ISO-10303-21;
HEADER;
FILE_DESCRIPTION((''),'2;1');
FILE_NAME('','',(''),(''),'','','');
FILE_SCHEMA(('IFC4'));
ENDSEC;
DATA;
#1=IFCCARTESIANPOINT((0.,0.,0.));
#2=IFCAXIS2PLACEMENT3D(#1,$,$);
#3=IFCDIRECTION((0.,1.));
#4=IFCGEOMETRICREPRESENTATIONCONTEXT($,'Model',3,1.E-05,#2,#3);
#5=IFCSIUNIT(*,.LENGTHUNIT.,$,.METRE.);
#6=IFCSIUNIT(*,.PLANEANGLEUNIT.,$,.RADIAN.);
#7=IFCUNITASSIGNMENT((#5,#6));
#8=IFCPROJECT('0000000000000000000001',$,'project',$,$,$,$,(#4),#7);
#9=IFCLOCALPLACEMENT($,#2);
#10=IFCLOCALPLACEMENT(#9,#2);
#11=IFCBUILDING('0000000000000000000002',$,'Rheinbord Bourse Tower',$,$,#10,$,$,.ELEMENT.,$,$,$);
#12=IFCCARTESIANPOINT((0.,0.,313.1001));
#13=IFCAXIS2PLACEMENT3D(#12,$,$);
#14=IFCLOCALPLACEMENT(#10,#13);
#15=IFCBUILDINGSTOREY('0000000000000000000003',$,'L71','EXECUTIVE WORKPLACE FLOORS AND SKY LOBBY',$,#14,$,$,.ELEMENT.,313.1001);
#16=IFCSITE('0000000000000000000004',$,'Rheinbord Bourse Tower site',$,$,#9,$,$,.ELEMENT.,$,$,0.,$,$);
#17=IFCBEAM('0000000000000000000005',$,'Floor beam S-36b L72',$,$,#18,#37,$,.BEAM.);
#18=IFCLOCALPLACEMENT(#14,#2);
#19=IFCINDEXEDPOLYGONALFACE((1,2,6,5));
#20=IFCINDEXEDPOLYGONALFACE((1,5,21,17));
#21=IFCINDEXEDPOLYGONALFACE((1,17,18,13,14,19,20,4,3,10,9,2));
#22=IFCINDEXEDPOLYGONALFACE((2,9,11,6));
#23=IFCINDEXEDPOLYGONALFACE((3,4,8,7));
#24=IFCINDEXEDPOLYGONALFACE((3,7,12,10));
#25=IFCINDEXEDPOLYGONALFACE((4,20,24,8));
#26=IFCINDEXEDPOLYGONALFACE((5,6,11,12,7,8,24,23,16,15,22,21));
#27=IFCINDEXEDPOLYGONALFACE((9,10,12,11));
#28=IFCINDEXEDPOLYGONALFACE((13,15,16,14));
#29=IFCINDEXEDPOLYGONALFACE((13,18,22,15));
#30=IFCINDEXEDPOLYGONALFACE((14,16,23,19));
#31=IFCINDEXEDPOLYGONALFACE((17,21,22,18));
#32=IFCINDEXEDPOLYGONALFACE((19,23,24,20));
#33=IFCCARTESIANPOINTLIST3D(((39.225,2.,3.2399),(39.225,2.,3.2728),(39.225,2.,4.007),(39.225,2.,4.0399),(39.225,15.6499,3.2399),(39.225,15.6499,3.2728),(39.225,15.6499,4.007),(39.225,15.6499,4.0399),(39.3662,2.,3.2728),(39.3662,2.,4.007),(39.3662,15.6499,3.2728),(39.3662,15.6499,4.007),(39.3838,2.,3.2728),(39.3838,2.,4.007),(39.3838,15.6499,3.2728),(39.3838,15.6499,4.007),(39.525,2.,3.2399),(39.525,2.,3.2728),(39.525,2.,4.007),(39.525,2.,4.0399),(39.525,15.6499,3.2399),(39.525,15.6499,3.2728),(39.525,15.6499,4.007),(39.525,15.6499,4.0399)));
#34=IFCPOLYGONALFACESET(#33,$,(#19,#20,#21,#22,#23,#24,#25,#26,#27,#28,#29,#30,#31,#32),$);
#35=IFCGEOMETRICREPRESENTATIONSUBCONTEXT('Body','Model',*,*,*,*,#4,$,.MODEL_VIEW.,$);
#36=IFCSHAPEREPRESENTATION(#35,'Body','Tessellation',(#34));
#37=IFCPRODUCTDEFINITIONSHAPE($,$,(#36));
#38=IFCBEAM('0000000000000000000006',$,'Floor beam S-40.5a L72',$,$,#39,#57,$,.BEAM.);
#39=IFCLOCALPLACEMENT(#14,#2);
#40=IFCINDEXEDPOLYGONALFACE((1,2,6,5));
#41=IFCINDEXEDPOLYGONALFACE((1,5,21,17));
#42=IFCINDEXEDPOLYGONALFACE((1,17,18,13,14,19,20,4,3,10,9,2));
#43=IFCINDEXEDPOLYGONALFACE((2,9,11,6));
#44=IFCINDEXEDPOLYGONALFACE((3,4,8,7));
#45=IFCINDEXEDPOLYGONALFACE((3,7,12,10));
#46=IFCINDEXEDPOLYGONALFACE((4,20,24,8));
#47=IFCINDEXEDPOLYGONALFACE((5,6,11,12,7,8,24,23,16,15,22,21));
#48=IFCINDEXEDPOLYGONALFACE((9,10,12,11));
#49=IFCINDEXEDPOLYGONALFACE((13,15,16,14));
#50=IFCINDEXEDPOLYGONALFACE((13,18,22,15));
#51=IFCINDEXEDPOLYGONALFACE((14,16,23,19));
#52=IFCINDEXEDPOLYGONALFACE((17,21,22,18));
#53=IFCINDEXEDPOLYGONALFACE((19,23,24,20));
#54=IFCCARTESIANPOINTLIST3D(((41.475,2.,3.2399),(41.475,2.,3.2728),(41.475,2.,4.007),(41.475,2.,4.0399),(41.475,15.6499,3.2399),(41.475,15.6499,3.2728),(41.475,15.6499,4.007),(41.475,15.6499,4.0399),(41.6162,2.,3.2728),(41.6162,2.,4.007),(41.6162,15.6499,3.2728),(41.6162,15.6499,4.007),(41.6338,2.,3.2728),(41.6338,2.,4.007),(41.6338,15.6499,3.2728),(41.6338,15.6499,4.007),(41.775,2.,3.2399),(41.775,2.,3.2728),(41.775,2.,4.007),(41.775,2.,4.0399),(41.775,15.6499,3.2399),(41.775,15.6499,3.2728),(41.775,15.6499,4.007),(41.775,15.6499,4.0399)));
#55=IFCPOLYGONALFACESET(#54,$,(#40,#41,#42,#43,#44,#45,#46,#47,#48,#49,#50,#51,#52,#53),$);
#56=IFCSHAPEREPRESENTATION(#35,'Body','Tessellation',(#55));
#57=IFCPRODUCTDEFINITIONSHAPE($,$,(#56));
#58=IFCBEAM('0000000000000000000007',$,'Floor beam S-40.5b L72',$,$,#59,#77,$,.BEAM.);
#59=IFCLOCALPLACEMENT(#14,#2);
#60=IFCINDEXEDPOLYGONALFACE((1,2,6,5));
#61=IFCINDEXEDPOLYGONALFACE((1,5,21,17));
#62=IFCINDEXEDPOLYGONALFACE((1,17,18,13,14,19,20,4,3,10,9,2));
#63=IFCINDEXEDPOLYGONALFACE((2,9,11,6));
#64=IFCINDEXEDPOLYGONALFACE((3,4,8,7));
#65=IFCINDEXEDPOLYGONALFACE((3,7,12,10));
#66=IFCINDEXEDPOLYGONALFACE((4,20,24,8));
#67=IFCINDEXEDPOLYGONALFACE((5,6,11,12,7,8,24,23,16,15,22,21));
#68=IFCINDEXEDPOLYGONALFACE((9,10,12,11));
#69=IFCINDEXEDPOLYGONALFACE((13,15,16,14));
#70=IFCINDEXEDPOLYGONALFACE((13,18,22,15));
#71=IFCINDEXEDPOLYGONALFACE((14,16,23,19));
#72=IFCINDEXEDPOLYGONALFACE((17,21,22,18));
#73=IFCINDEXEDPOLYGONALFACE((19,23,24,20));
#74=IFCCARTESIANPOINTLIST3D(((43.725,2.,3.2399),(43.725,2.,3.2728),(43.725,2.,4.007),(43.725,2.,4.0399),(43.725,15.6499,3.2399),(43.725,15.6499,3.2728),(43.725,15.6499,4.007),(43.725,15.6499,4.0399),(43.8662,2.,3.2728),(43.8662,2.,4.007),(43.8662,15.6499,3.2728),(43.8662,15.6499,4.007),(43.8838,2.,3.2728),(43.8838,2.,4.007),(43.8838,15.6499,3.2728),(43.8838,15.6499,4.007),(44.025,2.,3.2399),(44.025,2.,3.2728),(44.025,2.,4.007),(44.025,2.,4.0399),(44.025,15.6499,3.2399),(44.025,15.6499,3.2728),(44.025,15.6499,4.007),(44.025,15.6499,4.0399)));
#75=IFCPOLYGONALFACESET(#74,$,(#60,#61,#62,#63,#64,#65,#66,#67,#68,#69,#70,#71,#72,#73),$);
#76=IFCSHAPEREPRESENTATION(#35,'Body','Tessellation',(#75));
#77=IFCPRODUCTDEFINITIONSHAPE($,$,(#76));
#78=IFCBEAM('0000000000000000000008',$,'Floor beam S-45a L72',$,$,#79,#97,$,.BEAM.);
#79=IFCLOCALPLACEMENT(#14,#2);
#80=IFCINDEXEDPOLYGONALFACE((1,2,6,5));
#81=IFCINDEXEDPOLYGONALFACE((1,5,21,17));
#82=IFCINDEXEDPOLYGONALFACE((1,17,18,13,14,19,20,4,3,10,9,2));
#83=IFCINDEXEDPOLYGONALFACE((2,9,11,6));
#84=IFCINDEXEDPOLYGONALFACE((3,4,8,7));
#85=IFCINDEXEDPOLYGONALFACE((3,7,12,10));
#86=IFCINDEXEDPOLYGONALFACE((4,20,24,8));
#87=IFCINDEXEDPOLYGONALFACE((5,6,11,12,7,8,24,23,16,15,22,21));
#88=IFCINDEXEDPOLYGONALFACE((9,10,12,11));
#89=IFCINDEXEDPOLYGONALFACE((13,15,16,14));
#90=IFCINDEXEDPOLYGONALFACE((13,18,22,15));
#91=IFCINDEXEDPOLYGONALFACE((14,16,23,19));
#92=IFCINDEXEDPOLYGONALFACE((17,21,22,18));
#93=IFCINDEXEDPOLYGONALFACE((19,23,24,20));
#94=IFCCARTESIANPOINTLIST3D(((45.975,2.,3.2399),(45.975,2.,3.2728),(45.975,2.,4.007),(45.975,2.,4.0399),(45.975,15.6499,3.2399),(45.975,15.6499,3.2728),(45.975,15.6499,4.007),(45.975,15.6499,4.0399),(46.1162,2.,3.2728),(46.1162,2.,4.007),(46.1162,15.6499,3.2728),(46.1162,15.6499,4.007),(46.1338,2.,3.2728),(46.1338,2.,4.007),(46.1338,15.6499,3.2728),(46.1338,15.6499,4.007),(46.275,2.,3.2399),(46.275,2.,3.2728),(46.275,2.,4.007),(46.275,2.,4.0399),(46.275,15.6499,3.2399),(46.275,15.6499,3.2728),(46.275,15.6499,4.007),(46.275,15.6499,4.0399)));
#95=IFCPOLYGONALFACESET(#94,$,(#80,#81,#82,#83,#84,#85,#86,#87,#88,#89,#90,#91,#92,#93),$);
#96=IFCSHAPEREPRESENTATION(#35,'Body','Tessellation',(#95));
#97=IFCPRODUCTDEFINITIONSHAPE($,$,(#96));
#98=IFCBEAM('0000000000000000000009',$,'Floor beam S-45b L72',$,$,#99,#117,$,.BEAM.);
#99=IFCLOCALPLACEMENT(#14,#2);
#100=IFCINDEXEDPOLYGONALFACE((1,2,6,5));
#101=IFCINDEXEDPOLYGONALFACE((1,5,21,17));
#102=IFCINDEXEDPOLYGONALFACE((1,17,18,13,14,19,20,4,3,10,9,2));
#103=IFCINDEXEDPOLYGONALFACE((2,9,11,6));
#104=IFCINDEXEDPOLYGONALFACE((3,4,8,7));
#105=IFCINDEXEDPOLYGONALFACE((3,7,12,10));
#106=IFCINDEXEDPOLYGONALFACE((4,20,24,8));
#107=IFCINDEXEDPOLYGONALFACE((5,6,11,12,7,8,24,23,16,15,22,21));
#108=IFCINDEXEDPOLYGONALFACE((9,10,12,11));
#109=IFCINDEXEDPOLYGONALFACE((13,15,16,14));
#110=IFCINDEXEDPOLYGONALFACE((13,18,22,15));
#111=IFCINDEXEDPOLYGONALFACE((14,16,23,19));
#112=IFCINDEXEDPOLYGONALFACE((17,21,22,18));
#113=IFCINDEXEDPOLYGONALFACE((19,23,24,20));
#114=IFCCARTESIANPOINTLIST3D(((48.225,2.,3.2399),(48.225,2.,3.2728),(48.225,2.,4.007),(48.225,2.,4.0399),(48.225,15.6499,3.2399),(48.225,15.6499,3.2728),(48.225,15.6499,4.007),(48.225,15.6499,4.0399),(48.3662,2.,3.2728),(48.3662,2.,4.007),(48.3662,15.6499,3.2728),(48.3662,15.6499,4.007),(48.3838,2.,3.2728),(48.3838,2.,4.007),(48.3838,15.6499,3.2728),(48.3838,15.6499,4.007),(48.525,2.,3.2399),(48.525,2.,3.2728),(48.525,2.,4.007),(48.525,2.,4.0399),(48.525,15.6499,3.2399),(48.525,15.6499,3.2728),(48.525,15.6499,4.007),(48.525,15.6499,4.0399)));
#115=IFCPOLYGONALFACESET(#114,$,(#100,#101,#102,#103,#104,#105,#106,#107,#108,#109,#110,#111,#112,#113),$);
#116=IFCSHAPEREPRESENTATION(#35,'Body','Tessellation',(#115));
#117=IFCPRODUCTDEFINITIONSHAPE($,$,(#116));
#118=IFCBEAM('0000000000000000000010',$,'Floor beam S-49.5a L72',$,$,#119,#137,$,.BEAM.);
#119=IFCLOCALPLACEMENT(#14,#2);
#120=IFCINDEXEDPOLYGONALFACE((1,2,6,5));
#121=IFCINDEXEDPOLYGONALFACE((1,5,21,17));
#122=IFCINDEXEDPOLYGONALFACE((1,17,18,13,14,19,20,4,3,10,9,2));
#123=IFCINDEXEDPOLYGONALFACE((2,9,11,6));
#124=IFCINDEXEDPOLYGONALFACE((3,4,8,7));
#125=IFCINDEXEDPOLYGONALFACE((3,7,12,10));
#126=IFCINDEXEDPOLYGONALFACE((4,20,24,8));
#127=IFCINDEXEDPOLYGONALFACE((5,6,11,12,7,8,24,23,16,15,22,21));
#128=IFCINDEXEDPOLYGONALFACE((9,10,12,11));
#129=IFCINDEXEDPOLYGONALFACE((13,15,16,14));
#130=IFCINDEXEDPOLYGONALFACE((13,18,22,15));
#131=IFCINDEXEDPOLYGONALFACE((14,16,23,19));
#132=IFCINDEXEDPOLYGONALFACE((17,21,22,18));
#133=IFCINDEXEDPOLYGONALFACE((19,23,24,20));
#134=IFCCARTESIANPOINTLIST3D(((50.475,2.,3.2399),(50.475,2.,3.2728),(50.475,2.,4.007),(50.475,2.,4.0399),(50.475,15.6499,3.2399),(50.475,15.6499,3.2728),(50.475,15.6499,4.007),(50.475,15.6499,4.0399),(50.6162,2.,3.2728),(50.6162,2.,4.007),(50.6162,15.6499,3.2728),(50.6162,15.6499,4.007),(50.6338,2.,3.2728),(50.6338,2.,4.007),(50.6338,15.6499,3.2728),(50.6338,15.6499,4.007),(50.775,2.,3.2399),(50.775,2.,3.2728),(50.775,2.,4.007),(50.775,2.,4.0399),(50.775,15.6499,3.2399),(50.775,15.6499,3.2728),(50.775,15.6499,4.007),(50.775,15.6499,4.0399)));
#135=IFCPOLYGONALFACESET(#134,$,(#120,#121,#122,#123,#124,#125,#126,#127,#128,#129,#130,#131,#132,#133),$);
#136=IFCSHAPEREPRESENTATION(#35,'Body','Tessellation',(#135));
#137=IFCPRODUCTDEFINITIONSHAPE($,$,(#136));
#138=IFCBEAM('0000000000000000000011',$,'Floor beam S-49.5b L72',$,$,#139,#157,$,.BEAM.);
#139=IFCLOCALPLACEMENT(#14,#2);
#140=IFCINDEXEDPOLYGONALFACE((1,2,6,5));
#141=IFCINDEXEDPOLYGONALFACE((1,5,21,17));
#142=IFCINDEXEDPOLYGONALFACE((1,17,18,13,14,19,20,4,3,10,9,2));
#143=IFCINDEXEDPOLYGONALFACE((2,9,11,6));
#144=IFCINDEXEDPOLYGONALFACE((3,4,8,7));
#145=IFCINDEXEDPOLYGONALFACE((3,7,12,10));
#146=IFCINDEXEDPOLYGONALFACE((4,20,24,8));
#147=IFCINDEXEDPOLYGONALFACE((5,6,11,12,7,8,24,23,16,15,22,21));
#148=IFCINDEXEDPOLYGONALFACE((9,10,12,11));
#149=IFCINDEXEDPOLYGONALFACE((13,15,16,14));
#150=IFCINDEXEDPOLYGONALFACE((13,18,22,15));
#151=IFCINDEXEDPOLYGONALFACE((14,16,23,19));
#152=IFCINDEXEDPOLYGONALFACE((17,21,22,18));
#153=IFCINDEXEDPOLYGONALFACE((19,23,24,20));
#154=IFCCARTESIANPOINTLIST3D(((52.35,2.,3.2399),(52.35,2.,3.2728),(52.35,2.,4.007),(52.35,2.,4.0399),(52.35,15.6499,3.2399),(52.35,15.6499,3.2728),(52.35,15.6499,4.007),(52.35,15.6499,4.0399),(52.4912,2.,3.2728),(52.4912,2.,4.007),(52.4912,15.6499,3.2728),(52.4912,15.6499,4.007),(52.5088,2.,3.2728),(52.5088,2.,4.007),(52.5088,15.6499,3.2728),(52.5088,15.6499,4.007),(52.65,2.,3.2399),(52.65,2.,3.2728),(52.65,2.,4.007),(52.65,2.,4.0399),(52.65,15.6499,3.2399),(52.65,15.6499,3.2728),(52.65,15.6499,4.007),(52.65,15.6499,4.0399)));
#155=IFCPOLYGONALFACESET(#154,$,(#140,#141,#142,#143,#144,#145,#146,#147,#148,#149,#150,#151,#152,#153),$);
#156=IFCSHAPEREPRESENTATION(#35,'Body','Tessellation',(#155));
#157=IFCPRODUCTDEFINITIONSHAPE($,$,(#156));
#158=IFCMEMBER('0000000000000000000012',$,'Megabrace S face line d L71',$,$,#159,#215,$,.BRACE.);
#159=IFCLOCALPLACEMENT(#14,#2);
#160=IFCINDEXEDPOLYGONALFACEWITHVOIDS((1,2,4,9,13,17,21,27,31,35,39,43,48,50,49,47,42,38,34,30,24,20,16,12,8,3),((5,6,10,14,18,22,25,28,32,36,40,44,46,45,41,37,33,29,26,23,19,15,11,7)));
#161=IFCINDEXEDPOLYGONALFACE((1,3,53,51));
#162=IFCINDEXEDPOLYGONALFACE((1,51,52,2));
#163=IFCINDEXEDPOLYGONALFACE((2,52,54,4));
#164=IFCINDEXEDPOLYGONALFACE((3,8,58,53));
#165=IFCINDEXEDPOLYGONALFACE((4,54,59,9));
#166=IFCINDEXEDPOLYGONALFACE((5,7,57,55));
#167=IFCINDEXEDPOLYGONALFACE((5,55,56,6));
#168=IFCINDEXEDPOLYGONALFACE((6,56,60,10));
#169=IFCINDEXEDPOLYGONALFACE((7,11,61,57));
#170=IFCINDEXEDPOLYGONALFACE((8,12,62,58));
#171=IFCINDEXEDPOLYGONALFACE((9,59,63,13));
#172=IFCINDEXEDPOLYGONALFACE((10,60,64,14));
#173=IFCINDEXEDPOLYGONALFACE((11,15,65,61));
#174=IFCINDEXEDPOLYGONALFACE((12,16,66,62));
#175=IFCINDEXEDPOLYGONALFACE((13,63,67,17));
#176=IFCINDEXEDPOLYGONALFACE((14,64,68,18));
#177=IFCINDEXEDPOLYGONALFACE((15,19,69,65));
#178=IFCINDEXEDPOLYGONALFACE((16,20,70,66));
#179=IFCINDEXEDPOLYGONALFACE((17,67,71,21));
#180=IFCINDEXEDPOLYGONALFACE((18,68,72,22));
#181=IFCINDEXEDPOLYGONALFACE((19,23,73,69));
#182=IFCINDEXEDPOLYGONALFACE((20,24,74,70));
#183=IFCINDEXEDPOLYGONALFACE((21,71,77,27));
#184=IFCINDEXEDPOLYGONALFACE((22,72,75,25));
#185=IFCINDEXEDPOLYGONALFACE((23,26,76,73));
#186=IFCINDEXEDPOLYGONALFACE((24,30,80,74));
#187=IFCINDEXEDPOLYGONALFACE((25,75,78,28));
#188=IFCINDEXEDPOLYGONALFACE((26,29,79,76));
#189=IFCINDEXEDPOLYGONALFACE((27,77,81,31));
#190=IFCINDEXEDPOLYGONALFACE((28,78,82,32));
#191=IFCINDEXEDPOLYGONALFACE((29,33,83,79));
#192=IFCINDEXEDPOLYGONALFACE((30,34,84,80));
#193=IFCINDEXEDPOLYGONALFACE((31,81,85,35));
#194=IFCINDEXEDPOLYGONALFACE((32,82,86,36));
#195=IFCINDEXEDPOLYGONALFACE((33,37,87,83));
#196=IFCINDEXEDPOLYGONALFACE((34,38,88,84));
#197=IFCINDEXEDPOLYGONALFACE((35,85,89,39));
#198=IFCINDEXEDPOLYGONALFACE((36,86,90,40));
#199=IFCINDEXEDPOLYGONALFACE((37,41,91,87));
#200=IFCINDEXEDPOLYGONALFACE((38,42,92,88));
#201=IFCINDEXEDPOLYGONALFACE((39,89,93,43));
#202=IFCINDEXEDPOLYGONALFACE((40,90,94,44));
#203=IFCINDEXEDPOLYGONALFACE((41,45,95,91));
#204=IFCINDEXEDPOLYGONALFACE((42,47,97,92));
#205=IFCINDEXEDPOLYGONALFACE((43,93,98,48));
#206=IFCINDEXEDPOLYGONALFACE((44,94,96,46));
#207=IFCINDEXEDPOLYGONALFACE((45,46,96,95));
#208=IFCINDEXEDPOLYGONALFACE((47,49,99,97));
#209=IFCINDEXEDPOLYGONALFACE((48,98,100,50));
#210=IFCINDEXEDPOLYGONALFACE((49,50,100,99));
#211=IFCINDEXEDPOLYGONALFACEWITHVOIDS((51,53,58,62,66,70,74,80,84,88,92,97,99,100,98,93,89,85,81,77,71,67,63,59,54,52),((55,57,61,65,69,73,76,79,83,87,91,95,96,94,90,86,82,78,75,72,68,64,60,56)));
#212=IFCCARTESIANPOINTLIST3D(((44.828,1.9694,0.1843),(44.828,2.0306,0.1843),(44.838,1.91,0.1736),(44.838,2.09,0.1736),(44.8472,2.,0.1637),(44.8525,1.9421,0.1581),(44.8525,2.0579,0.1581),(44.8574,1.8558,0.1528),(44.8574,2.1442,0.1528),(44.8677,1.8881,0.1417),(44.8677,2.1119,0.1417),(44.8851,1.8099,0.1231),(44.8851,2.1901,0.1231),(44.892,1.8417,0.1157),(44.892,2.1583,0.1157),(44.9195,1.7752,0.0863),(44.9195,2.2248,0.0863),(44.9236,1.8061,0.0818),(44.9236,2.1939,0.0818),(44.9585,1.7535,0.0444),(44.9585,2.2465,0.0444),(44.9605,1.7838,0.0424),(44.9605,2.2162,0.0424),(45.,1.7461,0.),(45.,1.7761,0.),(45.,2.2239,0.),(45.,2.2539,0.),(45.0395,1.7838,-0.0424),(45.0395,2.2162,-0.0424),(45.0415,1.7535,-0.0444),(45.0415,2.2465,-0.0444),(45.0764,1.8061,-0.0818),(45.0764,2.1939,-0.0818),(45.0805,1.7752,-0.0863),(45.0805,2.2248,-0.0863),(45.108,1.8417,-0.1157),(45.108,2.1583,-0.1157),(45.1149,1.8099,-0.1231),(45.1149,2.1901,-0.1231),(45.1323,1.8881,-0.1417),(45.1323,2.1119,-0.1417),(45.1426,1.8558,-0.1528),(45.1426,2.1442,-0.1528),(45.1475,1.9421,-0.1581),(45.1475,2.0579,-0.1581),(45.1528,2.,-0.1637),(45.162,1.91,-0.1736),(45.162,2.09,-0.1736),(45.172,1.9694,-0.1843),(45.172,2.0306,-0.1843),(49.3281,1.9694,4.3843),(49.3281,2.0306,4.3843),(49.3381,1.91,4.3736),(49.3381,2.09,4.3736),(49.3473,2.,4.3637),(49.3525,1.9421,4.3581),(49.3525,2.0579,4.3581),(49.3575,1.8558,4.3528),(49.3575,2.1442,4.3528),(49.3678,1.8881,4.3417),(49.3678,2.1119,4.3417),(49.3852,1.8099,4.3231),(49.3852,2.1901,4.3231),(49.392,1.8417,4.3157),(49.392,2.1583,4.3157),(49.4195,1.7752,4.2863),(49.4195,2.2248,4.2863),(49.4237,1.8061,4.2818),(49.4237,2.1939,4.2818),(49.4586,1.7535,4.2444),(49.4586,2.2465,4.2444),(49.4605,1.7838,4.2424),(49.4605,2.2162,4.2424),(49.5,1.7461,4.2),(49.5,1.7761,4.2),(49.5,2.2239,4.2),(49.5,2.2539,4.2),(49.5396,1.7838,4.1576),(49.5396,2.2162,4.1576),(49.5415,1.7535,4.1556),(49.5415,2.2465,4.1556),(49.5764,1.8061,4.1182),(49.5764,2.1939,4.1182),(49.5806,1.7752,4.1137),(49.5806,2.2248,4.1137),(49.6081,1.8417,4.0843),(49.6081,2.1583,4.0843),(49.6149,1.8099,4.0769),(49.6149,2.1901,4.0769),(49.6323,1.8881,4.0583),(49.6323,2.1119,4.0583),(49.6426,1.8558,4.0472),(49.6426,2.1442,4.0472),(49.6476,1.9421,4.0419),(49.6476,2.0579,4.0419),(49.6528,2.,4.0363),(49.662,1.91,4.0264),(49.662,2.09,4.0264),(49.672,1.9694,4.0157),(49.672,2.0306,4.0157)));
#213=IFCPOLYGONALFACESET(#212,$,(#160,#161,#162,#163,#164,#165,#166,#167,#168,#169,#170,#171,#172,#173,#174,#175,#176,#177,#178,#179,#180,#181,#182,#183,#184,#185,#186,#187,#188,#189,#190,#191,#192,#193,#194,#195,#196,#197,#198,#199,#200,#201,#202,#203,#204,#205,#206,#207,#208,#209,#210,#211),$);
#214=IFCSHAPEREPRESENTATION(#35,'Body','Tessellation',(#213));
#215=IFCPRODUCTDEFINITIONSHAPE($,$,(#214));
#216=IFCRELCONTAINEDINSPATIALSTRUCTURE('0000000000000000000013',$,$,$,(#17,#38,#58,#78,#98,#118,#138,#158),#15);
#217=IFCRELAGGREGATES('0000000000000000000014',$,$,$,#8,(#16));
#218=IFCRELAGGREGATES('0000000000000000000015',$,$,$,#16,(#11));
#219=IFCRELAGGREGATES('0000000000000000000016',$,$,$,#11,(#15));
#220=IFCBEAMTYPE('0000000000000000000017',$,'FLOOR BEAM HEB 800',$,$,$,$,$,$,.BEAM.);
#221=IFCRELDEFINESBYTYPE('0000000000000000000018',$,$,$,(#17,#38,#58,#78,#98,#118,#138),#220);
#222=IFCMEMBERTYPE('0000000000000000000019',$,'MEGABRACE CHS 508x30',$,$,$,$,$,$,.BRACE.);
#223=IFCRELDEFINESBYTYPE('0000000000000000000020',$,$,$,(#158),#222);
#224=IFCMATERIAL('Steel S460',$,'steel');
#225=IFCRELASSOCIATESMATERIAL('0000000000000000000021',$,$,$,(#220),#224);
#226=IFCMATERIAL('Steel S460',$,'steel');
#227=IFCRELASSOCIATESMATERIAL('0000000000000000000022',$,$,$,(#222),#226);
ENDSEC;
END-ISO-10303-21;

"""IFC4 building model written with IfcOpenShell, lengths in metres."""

from ifc_helpers import new_model, si_unit, direction, frame, origin, origin_2d, place, context, subcontext, project, spatial, hollow_circle, i_section, extrude, material, material_profile, profile_set, type_object, element, save


model = new_model("IFC4")

# Units and contexts
model_context = context("Model", 3, precision=1e-05, world=origin(), true_north=direction((0.0, 1.0)))
body_context = subcontext(model_context, "Body", "Model", "MODEL_VIEW")
ifc_project = project(units=[si_unit("LENGTHUNIT", "METRE"), si_unit("PLANEANGLEUNIT", "RADIAN")], contexts=[model_context])

# Site, building, storey
site_placement = place(None, origin())
site = spatial("IfcSite", under=ifc_project, at=site_placement, Name="Rheinbord Bourse Tower site", CompositionType="ELEMENT", RefElevation=0.0)
building_placement = place(site_placement, origin())
building = spatial("IfcBuilding", under=site, at=building_placement, Name="Rheinbord Bourse Tower", CompositionType="ELEMENT")
storey_placement = place(building_placement, frame((0.0, 0.0, 313.1001)))
storey = spatial("IfcBuildingStorey", under=building, at=storey_placement, Name="L71", Description="EXECUTIVE WORKPLACE FLOORS AND SKY LOBBY", CompositionType="ELEMENT", Elevation=313.1001)

# Beams
ifc_material_1 = material(Name="Steel S460", Category="steel")
ifc_material_profile_1 = material_profile(ifc_material_1, i_section(OverallWidth=0.3, OverallDepth=0.8, WebThickness=0.0176, FlangeThickness=0.033, at=origin_2d()), Name="HEB 800")
ifc_profile_set_1 = profile_set([ifc_material_profile_1], Name="Steel S460")
beam_type_1 = type_object("IfcBeamType", Name="FLOOR BEAM HEB 800", PredefinedType="BEAM", material=ifc_profile_set_1)
for number, where, z_axis, x_axis, name in (
    (1, (39.375, 2.0, 3.6399), (0.0, 1.0, 0.0), (-1.0, 0.0, 0.0), "Floor beam S-36b L72"),
    (2, (41.625, 2.0, 3.6399), (0.0, 1.0, 0.0), (-1.0, 0.0, 0.0), "Floor beam S-40.5a L72"),
    (3, (43.875, 2.0, 3.6399), (0.0, 1.0, 0.0), (-1.0, 0.0, 0.0), "Floor beam S-40.5b L72"),
    (4, (46.125, 2.0, 3.6399), (0.0, 1.0, 0.0), (-1.0, 0.0, 0.0), "Floor beam S-45a L72"),
    (5, (48.375, 2.0, 3.6399), (0.0, 1.0, 0.0), (-1.0, 0.0, 0.0), "Floor beam S-45b L72"),
    (6, (50.625, 2.0, 3.6399), (0.0, 1.0, 0.0), (-1.0, 0.0, 0.0), "Floor beam S-49.5a L72"),
    (7, (52.5, 2.0, 3.6399), (0.0, 1.0, 0.0), (-1.0, 0.0, 0.0), "Floor beam S-49.5b L72"),
):
    element("IfcBeam", number, at=place(storey_placement, frame(where, z_axis=z_axis, x_axis=x_axis)), inside=storey, type_object=beam_type_1, Name=name, PredefinedType="BEAM", context=body_context, shape_type="SweptSolid", body=[
        extrude(i_section(OverallWidth=0.3, OverallDepth=0.8, WebThickness=0.0176, FlangeThickness=0.033, at=origin_2d()), origin(), (0.0, 0.0, 1.0), 13.6499),
    ])

# Member
ifc_material_2 = material(Name="Steel S460", Category="steel")
ifc_material_profile_2 = material_profile(ifc_material_2, hollow_circle(Radius=0.2539, WallThickness=0.03, at=origin_2d()), Name="CHS 508x30")
ifc_profile_set_2 = profile_set([ifc_material_profile_2], Name="Steel S460")
member_type_1 = type_object("IfcMemberType", Name="MEGABRACE CHS 508x30", PredefinedType="BRACE", material=ifc_profile_set_2)
member_1_placement = place(storey_placement, frame((45.0, 2.0, 0.0), z_axis=(0.731059, 0.0, 0.682314), x_axis=(0.0, 1.0, 0.0)))
element("IfcMember", 8, at=member_1_placement, inside=storey, type_object=member_type_1, Name="Megabrace S face line d L71", PredefinedType="BRACE", context=body_context, shape_type="SweptSolid", body=[
    extrude(hollow_circle(Radius=0.2539, WallThickness=0.03, at=origin_2d()), origin(), (0.0, 0.0, 1.0), 6.1555),
])

save(model, "model.ifc")
